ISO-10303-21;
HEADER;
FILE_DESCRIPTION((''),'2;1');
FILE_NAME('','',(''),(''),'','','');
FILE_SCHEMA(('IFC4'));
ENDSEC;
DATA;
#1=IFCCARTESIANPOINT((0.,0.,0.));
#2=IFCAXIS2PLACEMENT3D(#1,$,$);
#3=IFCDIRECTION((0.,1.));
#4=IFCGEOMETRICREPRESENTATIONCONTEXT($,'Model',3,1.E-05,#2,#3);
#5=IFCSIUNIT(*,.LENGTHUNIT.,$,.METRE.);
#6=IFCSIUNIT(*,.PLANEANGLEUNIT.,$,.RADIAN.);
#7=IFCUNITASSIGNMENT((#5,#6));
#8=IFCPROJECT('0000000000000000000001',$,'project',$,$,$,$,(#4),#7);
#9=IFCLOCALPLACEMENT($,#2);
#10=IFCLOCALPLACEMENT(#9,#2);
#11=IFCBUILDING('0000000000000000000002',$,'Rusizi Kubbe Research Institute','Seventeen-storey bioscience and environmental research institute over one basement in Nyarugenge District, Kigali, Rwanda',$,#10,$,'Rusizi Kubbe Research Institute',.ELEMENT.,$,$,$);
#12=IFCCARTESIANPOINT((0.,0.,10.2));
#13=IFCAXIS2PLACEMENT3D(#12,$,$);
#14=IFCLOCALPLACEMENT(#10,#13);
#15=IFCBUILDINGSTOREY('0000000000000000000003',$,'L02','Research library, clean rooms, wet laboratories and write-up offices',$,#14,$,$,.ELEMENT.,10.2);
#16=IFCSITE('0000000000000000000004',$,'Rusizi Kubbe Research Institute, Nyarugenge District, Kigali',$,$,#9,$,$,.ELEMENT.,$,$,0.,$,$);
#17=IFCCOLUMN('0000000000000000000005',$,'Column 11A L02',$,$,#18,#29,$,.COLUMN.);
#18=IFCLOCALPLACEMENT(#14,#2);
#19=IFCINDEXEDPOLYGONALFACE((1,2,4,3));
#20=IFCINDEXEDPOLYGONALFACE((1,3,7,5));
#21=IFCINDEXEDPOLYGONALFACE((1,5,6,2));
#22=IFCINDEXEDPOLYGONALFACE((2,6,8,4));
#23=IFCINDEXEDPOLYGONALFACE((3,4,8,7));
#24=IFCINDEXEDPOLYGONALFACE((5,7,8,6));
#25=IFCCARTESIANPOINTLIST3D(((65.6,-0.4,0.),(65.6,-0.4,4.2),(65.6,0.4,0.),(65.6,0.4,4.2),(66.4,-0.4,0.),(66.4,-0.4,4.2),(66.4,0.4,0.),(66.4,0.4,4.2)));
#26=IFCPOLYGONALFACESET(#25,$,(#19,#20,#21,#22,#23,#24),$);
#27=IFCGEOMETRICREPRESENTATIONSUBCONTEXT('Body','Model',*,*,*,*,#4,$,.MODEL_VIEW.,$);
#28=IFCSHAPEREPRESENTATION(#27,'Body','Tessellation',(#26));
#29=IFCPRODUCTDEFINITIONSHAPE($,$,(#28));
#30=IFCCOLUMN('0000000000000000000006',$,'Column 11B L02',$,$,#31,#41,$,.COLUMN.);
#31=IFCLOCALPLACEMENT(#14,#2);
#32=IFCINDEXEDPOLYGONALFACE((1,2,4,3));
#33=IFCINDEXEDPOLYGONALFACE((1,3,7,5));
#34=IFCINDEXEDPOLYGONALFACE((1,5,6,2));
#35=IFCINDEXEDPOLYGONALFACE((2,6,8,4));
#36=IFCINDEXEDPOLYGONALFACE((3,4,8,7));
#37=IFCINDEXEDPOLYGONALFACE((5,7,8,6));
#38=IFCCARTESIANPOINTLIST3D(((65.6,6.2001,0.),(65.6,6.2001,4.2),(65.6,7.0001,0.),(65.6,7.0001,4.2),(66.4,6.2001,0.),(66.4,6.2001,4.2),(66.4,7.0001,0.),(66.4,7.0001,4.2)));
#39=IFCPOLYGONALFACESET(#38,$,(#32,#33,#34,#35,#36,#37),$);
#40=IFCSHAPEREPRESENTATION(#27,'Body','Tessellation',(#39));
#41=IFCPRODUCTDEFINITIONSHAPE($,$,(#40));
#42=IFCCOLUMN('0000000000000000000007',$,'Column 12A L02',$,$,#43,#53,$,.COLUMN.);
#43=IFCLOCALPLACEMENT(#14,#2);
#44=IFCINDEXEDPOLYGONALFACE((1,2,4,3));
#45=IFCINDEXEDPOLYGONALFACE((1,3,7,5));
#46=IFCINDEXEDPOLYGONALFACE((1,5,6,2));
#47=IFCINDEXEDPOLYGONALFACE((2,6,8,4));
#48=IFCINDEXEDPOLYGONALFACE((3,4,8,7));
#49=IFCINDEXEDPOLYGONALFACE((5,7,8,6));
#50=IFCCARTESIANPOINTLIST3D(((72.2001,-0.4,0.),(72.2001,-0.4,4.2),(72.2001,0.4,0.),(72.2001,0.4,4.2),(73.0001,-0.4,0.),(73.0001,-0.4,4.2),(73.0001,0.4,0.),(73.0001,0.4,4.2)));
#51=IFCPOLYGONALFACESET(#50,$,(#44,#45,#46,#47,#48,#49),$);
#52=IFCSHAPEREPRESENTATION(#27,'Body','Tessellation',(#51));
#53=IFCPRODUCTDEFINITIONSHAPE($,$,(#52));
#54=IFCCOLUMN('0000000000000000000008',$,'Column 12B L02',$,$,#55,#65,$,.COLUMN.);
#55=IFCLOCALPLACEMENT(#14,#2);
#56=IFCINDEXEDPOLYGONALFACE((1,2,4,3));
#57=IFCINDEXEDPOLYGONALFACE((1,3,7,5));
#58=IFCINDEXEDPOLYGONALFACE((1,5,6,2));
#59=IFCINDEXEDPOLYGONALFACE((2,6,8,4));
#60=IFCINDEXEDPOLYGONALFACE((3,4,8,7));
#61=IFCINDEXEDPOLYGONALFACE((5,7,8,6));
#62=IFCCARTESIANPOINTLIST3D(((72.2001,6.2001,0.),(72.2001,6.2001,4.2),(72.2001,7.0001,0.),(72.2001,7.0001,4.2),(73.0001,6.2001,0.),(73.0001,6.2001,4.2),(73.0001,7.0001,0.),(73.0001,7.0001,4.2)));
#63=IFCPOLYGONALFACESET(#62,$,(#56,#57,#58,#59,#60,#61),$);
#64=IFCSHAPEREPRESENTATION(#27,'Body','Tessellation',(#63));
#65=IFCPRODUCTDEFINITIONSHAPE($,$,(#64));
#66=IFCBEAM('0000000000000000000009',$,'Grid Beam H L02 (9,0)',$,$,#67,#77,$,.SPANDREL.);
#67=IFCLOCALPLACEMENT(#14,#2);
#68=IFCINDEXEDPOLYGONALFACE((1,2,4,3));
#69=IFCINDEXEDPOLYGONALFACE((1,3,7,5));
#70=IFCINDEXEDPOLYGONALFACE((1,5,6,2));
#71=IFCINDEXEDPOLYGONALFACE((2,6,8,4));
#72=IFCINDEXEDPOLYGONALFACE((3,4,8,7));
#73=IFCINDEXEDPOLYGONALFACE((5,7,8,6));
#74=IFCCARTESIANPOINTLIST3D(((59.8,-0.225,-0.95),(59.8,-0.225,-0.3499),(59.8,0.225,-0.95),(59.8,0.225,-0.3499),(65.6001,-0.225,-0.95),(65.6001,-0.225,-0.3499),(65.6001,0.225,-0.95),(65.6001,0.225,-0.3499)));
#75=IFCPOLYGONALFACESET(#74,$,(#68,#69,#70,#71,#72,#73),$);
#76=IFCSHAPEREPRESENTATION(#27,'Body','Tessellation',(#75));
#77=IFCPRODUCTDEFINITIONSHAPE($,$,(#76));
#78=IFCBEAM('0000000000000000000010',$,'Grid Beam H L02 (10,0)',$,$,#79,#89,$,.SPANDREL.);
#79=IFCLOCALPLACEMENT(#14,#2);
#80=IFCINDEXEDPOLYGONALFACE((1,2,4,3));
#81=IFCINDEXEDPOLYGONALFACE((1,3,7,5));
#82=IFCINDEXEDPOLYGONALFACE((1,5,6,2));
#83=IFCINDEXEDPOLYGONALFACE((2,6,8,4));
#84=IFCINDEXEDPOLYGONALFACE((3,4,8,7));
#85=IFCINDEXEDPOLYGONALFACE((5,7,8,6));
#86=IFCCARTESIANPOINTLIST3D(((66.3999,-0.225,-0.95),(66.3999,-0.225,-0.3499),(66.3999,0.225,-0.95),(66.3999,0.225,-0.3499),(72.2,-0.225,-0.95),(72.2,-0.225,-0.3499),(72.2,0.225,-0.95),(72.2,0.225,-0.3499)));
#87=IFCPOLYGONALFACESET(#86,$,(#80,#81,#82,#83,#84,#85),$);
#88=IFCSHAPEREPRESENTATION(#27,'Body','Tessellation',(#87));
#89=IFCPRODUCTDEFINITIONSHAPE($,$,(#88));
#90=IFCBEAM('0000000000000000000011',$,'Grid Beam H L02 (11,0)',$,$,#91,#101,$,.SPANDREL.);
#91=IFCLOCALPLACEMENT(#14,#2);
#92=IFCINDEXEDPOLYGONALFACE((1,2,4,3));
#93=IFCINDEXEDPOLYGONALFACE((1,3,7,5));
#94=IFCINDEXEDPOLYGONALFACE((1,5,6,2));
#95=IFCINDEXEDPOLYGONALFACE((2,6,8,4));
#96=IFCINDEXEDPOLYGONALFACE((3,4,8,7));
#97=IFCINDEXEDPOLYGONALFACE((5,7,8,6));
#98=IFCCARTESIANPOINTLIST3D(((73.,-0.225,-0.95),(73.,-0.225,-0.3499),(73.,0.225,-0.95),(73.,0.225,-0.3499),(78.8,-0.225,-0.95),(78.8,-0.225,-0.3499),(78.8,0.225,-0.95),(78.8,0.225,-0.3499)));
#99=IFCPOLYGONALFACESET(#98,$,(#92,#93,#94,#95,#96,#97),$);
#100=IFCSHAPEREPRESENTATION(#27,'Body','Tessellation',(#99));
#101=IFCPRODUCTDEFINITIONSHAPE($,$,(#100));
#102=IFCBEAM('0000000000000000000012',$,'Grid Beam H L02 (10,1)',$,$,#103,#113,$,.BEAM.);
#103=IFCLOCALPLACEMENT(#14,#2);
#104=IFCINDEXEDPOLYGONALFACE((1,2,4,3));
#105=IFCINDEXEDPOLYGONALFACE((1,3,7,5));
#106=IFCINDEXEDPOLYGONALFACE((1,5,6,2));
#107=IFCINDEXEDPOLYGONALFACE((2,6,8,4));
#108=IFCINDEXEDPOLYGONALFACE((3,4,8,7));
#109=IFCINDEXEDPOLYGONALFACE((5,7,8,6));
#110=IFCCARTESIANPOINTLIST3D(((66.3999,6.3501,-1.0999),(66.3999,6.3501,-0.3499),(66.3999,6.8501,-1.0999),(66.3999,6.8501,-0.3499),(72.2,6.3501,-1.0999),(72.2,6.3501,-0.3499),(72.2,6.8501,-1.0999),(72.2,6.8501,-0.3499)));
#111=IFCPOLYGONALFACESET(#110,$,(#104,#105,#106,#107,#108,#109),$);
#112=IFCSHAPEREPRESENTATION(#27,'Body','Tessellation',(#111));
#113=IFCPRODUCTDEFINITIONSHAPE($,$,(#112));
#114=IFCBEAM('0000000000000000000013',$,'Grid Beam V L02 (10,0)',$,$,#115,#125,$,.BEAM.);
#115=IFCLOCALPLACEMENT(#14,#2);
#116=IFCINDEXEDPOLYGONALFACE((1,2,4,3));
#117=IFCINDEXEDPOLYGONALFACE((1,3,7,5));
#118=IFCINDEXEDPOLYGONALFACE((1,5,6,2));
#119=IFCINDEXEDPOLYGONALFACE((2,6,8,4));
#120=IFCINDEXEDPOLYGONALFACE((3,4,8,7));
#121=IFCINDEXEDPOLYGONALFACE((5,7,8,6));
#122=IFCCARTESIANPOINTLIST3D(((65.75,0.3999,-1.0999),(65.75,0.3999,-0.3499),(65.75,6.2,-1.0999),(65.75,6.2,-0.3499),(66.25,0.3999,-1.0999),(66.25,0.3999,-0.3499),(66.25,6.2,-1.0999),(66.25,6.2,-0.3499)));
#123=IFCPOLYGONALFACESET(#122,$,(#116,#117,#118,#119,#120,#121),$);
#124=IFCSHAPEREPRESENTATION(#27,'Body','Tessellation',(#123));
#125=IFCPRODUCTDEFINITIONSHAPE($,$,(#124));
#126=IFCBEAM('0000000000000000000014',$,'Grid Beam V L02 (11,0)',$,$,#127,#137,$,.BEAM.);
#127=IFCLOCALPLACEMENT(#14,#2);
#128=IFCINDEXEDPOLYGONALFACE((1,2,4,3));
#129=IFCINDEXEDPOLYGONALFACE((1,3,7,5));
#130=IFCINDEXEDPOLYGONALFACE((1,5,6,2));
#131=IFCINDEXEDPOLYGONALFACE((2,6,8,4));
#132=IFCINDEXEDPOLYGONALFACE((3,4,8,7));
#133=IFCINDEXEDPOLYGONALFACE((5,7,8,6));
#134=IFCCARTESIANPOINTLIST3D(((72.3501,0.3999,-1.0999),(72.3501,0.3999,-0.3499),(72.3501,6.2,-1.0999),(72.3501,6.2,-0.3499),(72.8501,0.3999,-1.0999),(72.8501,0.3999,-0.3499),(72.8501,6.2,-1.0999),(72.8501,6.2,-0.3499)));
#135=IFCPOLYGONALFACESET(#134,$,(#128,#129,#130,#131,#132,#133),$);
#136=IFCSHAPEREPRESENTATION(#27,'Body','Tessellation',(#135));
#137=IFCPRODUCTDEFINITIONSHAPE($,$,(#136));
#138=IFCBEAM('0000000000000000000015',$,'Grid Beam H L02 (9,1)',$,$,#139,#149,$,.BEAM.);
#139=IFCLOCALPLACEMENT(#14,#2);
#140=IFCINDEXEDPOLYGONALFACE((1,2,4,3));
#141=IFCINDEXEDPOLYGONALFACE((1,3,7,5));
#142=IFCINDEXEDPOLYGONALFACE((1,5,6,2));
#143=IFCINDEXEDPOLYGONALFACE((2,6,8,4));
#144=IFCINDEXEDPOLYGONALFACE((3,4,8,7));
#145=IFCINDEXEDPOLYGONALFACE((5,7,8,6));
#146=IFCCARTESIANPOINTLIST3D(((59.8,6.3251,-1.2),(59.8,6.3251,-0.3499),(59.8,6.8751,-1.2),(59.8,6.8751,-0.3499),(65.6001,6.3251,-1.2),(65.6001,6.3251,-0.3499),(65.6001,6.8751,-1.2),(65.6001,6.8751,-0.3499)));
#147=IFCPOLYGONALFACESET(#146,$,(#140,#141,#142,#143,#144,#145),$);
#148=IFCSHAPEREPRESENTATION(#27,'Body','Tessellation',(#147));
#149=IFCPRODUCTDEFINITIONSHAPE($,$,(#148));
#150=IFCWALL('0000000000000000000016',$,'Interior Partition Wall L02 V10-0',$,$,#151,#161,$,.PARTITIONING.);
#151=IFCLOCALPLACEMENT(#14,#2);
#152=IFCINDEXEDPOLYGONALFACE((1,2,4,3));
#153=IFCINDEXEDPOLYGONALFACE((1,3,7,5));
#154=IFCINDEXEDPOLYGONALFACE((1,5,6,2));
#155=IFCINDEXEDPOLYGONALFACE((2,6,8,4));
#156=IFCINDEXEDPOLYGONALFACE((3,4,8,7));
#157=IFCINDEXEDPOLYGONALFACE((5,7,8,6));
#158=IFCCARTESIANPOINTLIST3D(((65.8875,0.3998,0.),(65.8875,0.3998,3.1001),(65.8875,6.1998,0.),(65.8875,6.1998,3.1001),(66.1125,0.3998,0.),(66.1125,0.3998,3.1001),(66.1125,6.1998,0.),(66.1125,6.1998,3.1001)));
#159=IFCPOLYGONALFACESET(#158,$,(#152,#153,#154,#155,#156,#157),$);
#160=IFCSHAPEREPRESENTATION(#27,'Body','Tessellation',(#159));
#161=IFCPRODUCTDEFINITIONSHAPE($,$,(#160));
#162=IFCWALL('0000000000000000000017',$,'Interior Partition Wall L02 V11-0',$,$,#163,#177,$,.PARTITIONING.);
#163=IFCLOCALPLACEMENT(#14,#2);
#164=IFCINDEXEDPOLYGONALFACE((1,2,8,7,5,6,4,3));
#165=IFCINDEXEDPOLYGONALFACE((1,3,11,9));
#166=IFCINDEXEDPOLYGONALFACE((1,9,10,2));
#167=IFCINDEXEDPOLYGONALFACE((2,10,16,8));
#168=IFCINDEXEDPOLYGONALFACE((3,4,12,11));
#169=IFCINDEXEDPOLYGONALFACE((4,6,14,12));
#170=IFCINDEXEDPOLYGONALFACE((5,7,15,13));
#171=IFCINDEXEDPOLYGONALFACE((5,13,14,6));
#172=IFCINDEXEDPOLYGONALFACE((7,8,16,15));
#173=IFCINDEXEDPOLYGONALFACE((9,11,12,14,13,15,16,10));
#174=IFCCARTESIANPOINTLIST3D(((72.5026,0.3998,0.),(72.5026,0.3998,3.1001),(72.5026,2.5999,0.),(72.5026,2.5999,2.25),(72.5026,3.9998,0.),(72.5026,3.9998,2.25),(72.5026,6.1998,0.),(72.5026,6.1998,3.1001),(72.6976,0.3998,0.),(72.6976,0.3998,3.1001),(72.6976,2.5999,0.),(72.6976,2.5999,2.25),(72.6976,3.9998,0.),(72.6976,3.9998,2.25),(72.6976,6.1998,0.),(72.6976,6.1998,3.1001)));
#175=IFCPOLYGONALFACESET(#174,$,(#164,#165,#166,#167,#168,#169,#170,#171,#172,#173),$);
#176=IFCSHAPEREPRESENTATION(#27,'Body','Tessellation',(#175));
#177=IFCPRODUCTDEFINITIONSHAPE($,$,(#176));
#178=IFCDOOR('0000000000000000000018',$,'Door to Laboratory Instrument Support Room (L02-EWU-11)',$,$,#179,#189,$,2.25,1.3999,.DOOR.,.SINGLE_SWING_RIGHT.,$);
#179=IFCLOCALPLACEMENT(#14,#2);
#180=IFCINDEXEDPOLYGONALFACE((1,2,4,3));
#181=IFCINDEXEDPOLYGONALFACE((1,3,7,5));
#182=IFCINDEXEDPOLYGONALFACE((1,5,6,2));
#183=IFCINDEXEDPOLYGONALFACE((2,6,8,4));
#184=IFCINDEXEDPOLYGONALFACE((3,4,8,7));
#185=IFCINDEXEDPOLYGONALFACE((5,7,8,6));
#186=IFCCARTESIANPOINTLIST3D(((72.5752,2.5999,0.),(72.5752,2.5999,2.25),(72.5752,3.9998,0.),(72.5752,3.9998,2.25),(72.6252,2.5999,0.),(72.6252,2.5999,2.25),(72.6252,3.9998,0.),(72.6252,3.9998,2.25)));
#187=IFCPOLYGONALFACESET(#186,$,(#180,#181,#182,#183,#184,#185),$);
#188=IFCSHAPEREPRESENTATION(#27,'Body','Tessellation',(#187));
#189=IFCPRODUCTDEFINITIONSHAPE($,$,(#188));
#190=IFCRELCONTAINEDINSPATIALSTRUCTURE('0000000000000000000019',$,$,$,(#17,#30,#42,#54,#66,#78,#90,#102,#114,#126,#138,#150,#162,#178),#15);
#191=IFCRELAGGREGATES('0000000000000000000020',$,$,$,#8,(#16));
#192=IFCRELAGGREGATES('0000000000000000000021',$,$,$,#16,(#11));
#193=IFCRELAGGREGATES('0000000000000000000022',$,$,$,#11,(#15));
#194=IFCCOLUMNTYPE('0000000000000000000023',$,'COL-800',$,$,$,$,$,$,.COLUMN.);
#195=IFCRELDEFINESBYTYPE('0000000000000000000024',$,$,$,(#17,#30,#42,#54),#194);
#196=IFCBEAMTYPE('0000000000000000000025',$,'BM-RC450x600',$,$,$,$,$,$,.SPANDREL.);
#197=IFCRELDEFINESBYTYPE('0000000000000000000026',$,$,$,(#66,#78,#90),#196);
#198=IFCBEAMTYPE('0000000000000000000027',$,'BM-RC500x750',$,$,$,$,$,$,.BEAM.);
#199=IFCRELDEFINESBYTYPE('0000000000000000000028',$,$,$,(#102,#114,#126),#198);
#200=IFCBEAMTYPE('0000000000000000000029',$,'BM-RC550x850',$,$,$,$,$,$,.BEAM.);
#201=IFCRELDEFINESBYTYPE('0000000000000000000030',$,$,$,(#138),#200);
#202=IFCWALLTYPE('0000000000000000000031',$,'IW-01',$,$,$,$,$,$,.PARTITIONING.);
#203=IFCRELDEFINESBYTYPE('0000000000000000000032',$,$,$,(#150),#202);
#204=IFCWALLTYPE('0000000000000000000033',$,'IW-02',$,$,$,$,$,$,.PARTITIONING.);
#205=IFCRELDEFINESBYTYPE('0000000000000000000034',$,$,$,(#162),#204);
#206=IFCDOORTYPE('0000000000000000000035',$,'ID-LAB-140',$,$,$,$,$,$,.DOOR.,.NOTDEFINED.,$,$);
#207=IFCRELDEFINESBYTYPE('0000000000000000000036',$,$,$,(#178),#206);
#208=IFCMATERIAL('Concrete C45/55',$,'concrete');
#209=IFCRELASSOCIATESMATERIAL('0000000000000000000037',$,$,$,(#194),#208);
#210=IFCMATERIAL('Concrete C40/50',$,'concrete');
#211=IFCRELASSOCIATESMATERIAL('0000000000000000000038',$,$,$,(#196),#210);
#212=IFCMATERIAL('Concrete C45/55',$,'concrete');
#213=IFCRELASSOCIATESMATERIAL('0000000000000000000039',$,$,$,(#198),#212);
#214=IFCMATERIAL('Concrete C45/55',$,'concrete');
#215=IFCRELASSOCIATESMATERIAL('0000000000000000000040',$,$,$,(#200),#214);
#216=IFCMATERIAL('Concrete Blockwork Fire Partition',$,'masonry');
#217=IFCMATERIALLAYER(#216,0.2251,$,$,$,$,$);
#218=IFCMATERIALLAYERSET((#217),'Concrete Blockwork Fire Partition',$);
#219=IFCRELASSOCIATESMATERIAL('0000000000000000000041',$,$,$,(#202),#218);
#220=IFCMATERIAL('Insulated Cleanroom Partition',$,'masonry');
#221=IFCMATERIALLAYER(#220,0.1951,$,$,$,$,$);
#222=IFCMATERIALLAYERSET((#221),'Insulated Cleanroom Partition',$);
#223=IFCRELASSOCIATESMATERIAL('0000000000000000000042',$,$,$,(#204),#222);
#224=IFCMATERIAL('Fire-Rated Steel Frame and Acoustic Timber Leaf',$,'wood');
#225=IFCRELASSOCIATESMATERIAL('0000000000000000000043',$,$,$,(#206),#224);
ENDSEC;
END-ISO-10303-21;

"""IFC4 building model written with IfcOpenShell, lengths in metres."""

from ifc_helpers import new_model, si_unit, direction, frame, frame_2d, origin, origin_2d, place, context, subcontext, project, spatial, rectangle, extrude, material, layer, layer_set, material_profile, profile_set, type_object, element, fill, save


model = new_model("IFC4")

# Units and contexts
model_context = context("Model", 3, precision=1e-05, world=origin(), true_north=direction((0.0, 1.0)))
body_context = subcontext(model_context, "Body", "Model", "MODEL_VIEW")
ifc_project = project(units=[si_unit("LENGTHUNIT", "METRE"), si_unit("PLANEANGLEUNIT", "RADIAN")], contexts=[model_context])

# Site, building, storey
site_placement = place(None, origin())
site = spatial("IfcSite", under=ifc_project, at=site_placement, Name="Rusizi Kubbe Research Institute, Nyarugenge District, Kigali", CompositionType="ELEMENT", RefElevation=0.0)
building_placement = place(site_placement, origin())
building = spatial("IfcBuilding", under=site, at=building_placement, Name="Rusizi Kubbe Research Institute", Description="Seventeen-storey bioscience and environmental research institute over one basement in Nyarugenge District, Kigali, Rwanda", LongName="Rusizi Kubbe Research Institute", CompositionType="ELEMENT")
storey_placement = place(building_placement, frame((0.0, 0.0, 10.2)))
storey = spatial("IfcBuildingStorey", under=building, at=storey_placement, Name="L02", Description="Research library, clean rooms, wet laboratories and write-up offices", CompositionType="ELEMENT", Elevation=10.2)

# Columns
ifc_material_1 = material(Name="Concrete C45/55", Category="concrete")
ifc_material_profile_1 = material_profile(ifc_material_1, rectangle(XDim=0.8, YDim=0.8, at=origin_2d()), Name="RC800x800")
ifc_profile_set_1 = profile_set([ifc_material_profile_1], Name="Concrete C45/55")
column_type = type_object("IfcColumnType", Name="COL-800", PredefinedType="COLUMN", material=ifc_profile_set_1)
for number, where, z_axis, x_axis, name in (
    (1, (66.0, 0.0, 0.0), (0.0, 0.0, 1.0), (1.0, 0.0, 0.0), "Column 11A L02"),
    (2, (66.0, 6.6001, 0.0), (0.0, 0.0, 1.0), (1.0, 0.0, 0.0), "Column 11B L02"),
    (3, (72.6001, 0.0, 0.0), (0.0, 0.0, 1.0), (1.0, 0.0, 0.0), "Column 12A L02"),
    (4, (72.6001, 6.6001, 0.0), (0.0, 0.0, 1.0), (1.0, 0.0, 0.0), "Column 12B L02"),
):
    element("IfcColumn", number, at=place(storey_placement, frame(where, z_axis=z_axis, x_axis=x_axis)), inside=storey, type_object=column_type, Name=name, PredefinedType="COLUMN", context=body_context, shape_type="SweptSolid", body=[
        extrude(rectangle(XDim=0.8, YDim=0.8, at=origin_2d()), origin(), (0.0, 0.0, 1.0), 4.2),
    ])

# Beams
ifc_material_2 = material(Name="Concrete C40/50", Category="concrete")
ifc_material_profile_2 = material_profile(ifc_material_2, rectangle(XDim=0.45, YDim=0.6001, at=origin_2d()), Name="RC450x600")
ifc_profile_set_2 = profile_set([ifc_material_profile_2], Name="Concrete C40/50")
beam_type_1 = type_object("IfcBeamType", Name="BM-RC450x600", PredefinedType="SPANDREL", material=ifc_profile_set_2)
for number, where, z_axis, x_axis, name in (
    (5, (59.8, 0.0, -0.6499), (1.0, 0.0, 0.0), (0.0, 1.0, 0.0), "Grid Beam H L02 (9,0)"),
    (6, (66.3999, 0.0, -0.6499), (1.0, 0.0, 0.0), (0.0, 1.0, 0.0), "Grid Beam H L02 (10,0)"),
    (7, (73.0, 0.0, -0.6499), (1.0, 0.0, 0.0), (0.0, 1.0, 0.0), "Grid Beam H L02 (11,0)"),
):
    element("IfcBeam", number, at=place(storey_placement, frame(where, z_axis=z_axis, x_axis=x_axis)), inside=storey, type_object=beam_type_1, Name=name, PredefinedType="SPANDREL", context=body_context, shape_type="SweptSolid", body=[
        extrude(rectangle(XDim=0.45, YDim=0.6001, at=origin_2d()), origin(), (0.0, 0.0, 1.0), 5.8),
    ])
ifc_material_3 = material(Name="Concrete C45/55", Category="concrete")
ifc_material_profile_3 = material_profile(ifc_material_3, rectangle(XDim=0.5, YDim=0.75, at=origin_2d()), Name="RC500x750B")
ifc_profile_set_3 = profile_set([ifc_material_profile_3], Name="Concrete C45/55")
beam_type_2 = type_object("IfcBeamType", Name="BM-RC500x750", PredefinedType="BEAM", material=ifc_profile_set_3)
for number, where, z_axis, x_axis, name in (
    (8, (66.3999, 6.6001, -0.7249), (1.0, 0.0, 0.0), (0.0, 1.0, 0.0), "Grid Beam H L02 (10,1)"),
    (9, (66.0, 0.3999, -0.7249), (0.0, 1.0, 0.0), (-1.0, 0.0, 0.0), "Grid Beam V L02 (10,0)"),
    (10, (72.6001, 0.3999, -0.7249), (0.0, 1.0, 0.0), (-1.0, 0.0, 0.0), "Grid Beam V L02 (11,0)"),
):
    element("IfcBeam", number, at=place(storey_placement, frame(where, z_axis=z_axis, x_axis=x_axis)), inside=storey, type_object=beam_type_2, Name=name, PredefinedType="BEAM", context=body_context, shape_type="SweptSolid", body=[
        extrude(rectangle(XDim=0.5, YDim=0.75, at=origin_2d()), origin(), (0.0, 0.0, 1.0), 5.8),
    ])
ifc_material_4 = material(Name="Concrete C45/55", Category="concrete")
ifc_material_profile_4 = material_profile(ifc_material_4, rectangle(XDim=0.55, YDim=0.8501, at=origin_2d()), Name="RC550x850")
ifc_profile_set_4 = profile_set([ifc_material_profile_4], Name="Concrete C45/55")
beam_type_3 = type_object("IfcBeamType", Name="BM-RC550x850", PredefinedType="BEAM", material=ifc_profile_set_4)
beam_placement = place(storey_placement, frame((59.8, 6.6001, -0.7749), z_axis=(1.0, 0.0, 0.0), x_axis=(0.0, 1.0, 0.0)))
element("IfcBeam", 11, at=beam_placement, inside=storey, type_object=beam_type_3, Name="Grid Beam H L02 (9,1)", PredefinedType="BEAM", context=body_context, shape_type="SweptSolid", body=[
    extrude(rectangle(XDim=0.55, YDim=0.8501, at=origin_2d()), origin(), (0.0, 0.0, 1.0), 5.8),
])

# Wall
ifc_material_5 = material(Name="Concrete Blockwork Fire Partition", Category="masonry")
ifc_layer_1 = layer(ifc_material_5, 0.2251)
ifc_layer_set_1 = layer_set([ifc_layer_1], Name="Concrete Blockwork Fire Partition")
wall_type_1 = type_object("IfcWallType", Name="IW-01", PredefinedType="PARTITIONING", material=ifc_layer_set_1)
wall_1_placement = place(storey_placement, frame((66.0, 0.3999, 0.0), z_axis=(0.0, 0.0, 1.0), x_axis=(0.0, 1.0, 0.0)))
element("IfcWall", 12, at=wall_1_placement, inside=storey, type_object=wall_type_1, Name="Interior Partition Wall L02 V10-0", PredefinedType="PARTITIONING", context=body_context, shape_type="SweptSolid", body=[
    extrude(rectangle(XDim=5.8, YDim=0.2251, at=frame_2d((2.8999, 0.0))), origin(), (0.0, 0.0, 1.0), 3.1001),
])

# Wall, opening, door
ifc_material_6 = material(Name="Insulated Cleanroom Partition", Category="masonry")
ifc_layer_2 = layer(ifc_material_6, 0.1951)
ifc_layer_set_2 = layer_set([ifc_layer_2], Name="Insulated Cleanroom Partition")
wall_type_2 = type_object("IfcWallType", Name="IW-02", PredefinedType="PARTITIONING", material=ifc_layer_set_2)
wall_2_placement = place(storey_placement, frame((72.6001, 0.3999, 0.0), z_axis=(0.0, 0.0, 1.0), x_axis=(0.0, 1.0, 0.0)))
wall_2 = element("IfcWall", 13, at=wall_2_placement, inside=storey, type_object=wall_type_2, Name="Interior Partition Wall L02 V11-0", PredefinedType="PARTITIONING", context=body_context, shape_type="SweptSolid", body=[
    extrude(rectangle(XDim=5.8, YDim=0.1951, at=frame_2d((2.8999, 0.0))), origin(), (0.0, 0.0, 1.0), 3.1001),
])
opening_placement = place(wall_2_placement, frame((2.2, 0.0, 0.0)))
opening = element("IfcOpeningElement", 14, at=opening_placement, cuts=wall_2, PredefinedType="OPENING", context=body_context, shape_type="SweptSolid", body=[
    extrude(rectangle(XDim=1.3999, YDim=2.25, at=frame_2d((0.7, 1.125))), frame((0.0, 0.1074, 0.0), z_axis=(0.0, -1.0, 0.0), x_axis=(1.0, 0.0, 0.0)), (0.0, 0.0, 1.0), 0.2151),
])
ifc_material_7 = material(Name="Fire-Rated Steel Frame and Acoustic Timber Leaf", Category="wood")
door_type = type_object("IfcDoorType", Name="ID-LAB-140", OperationType="NOTDEFINED", PredefinedType="DOOR", material=ifc_material_7)
door_placement = place(opening_placement, origin())
door = element("IfcDoor", 15, at=door_placement, inside=storey, type_object=door_type, Name="Door to Laboratory Instrument Support Room (L02-EWU-11)", OperationType="SINGLE_SWING_RIGHT", OverallHeight=2.25, OverallWidth=1.3999, PredefinedType="DOOR", context=body_context, shape_type="SweptSolid", body=[
    extrude(rectangle(XDim=1.3999, YDim=2.25, at=frame_2d((0.7, 1.125))), frame((0.0, 0.0249, 0.0), z_axis=(0.0, -1.0, 0.0), x_axis=(1.0, 0.0, 0.0)), (0.0, 0.0, 1.0), 0.05),
])
fill(opening, door)

save(model, "model.ifc")
